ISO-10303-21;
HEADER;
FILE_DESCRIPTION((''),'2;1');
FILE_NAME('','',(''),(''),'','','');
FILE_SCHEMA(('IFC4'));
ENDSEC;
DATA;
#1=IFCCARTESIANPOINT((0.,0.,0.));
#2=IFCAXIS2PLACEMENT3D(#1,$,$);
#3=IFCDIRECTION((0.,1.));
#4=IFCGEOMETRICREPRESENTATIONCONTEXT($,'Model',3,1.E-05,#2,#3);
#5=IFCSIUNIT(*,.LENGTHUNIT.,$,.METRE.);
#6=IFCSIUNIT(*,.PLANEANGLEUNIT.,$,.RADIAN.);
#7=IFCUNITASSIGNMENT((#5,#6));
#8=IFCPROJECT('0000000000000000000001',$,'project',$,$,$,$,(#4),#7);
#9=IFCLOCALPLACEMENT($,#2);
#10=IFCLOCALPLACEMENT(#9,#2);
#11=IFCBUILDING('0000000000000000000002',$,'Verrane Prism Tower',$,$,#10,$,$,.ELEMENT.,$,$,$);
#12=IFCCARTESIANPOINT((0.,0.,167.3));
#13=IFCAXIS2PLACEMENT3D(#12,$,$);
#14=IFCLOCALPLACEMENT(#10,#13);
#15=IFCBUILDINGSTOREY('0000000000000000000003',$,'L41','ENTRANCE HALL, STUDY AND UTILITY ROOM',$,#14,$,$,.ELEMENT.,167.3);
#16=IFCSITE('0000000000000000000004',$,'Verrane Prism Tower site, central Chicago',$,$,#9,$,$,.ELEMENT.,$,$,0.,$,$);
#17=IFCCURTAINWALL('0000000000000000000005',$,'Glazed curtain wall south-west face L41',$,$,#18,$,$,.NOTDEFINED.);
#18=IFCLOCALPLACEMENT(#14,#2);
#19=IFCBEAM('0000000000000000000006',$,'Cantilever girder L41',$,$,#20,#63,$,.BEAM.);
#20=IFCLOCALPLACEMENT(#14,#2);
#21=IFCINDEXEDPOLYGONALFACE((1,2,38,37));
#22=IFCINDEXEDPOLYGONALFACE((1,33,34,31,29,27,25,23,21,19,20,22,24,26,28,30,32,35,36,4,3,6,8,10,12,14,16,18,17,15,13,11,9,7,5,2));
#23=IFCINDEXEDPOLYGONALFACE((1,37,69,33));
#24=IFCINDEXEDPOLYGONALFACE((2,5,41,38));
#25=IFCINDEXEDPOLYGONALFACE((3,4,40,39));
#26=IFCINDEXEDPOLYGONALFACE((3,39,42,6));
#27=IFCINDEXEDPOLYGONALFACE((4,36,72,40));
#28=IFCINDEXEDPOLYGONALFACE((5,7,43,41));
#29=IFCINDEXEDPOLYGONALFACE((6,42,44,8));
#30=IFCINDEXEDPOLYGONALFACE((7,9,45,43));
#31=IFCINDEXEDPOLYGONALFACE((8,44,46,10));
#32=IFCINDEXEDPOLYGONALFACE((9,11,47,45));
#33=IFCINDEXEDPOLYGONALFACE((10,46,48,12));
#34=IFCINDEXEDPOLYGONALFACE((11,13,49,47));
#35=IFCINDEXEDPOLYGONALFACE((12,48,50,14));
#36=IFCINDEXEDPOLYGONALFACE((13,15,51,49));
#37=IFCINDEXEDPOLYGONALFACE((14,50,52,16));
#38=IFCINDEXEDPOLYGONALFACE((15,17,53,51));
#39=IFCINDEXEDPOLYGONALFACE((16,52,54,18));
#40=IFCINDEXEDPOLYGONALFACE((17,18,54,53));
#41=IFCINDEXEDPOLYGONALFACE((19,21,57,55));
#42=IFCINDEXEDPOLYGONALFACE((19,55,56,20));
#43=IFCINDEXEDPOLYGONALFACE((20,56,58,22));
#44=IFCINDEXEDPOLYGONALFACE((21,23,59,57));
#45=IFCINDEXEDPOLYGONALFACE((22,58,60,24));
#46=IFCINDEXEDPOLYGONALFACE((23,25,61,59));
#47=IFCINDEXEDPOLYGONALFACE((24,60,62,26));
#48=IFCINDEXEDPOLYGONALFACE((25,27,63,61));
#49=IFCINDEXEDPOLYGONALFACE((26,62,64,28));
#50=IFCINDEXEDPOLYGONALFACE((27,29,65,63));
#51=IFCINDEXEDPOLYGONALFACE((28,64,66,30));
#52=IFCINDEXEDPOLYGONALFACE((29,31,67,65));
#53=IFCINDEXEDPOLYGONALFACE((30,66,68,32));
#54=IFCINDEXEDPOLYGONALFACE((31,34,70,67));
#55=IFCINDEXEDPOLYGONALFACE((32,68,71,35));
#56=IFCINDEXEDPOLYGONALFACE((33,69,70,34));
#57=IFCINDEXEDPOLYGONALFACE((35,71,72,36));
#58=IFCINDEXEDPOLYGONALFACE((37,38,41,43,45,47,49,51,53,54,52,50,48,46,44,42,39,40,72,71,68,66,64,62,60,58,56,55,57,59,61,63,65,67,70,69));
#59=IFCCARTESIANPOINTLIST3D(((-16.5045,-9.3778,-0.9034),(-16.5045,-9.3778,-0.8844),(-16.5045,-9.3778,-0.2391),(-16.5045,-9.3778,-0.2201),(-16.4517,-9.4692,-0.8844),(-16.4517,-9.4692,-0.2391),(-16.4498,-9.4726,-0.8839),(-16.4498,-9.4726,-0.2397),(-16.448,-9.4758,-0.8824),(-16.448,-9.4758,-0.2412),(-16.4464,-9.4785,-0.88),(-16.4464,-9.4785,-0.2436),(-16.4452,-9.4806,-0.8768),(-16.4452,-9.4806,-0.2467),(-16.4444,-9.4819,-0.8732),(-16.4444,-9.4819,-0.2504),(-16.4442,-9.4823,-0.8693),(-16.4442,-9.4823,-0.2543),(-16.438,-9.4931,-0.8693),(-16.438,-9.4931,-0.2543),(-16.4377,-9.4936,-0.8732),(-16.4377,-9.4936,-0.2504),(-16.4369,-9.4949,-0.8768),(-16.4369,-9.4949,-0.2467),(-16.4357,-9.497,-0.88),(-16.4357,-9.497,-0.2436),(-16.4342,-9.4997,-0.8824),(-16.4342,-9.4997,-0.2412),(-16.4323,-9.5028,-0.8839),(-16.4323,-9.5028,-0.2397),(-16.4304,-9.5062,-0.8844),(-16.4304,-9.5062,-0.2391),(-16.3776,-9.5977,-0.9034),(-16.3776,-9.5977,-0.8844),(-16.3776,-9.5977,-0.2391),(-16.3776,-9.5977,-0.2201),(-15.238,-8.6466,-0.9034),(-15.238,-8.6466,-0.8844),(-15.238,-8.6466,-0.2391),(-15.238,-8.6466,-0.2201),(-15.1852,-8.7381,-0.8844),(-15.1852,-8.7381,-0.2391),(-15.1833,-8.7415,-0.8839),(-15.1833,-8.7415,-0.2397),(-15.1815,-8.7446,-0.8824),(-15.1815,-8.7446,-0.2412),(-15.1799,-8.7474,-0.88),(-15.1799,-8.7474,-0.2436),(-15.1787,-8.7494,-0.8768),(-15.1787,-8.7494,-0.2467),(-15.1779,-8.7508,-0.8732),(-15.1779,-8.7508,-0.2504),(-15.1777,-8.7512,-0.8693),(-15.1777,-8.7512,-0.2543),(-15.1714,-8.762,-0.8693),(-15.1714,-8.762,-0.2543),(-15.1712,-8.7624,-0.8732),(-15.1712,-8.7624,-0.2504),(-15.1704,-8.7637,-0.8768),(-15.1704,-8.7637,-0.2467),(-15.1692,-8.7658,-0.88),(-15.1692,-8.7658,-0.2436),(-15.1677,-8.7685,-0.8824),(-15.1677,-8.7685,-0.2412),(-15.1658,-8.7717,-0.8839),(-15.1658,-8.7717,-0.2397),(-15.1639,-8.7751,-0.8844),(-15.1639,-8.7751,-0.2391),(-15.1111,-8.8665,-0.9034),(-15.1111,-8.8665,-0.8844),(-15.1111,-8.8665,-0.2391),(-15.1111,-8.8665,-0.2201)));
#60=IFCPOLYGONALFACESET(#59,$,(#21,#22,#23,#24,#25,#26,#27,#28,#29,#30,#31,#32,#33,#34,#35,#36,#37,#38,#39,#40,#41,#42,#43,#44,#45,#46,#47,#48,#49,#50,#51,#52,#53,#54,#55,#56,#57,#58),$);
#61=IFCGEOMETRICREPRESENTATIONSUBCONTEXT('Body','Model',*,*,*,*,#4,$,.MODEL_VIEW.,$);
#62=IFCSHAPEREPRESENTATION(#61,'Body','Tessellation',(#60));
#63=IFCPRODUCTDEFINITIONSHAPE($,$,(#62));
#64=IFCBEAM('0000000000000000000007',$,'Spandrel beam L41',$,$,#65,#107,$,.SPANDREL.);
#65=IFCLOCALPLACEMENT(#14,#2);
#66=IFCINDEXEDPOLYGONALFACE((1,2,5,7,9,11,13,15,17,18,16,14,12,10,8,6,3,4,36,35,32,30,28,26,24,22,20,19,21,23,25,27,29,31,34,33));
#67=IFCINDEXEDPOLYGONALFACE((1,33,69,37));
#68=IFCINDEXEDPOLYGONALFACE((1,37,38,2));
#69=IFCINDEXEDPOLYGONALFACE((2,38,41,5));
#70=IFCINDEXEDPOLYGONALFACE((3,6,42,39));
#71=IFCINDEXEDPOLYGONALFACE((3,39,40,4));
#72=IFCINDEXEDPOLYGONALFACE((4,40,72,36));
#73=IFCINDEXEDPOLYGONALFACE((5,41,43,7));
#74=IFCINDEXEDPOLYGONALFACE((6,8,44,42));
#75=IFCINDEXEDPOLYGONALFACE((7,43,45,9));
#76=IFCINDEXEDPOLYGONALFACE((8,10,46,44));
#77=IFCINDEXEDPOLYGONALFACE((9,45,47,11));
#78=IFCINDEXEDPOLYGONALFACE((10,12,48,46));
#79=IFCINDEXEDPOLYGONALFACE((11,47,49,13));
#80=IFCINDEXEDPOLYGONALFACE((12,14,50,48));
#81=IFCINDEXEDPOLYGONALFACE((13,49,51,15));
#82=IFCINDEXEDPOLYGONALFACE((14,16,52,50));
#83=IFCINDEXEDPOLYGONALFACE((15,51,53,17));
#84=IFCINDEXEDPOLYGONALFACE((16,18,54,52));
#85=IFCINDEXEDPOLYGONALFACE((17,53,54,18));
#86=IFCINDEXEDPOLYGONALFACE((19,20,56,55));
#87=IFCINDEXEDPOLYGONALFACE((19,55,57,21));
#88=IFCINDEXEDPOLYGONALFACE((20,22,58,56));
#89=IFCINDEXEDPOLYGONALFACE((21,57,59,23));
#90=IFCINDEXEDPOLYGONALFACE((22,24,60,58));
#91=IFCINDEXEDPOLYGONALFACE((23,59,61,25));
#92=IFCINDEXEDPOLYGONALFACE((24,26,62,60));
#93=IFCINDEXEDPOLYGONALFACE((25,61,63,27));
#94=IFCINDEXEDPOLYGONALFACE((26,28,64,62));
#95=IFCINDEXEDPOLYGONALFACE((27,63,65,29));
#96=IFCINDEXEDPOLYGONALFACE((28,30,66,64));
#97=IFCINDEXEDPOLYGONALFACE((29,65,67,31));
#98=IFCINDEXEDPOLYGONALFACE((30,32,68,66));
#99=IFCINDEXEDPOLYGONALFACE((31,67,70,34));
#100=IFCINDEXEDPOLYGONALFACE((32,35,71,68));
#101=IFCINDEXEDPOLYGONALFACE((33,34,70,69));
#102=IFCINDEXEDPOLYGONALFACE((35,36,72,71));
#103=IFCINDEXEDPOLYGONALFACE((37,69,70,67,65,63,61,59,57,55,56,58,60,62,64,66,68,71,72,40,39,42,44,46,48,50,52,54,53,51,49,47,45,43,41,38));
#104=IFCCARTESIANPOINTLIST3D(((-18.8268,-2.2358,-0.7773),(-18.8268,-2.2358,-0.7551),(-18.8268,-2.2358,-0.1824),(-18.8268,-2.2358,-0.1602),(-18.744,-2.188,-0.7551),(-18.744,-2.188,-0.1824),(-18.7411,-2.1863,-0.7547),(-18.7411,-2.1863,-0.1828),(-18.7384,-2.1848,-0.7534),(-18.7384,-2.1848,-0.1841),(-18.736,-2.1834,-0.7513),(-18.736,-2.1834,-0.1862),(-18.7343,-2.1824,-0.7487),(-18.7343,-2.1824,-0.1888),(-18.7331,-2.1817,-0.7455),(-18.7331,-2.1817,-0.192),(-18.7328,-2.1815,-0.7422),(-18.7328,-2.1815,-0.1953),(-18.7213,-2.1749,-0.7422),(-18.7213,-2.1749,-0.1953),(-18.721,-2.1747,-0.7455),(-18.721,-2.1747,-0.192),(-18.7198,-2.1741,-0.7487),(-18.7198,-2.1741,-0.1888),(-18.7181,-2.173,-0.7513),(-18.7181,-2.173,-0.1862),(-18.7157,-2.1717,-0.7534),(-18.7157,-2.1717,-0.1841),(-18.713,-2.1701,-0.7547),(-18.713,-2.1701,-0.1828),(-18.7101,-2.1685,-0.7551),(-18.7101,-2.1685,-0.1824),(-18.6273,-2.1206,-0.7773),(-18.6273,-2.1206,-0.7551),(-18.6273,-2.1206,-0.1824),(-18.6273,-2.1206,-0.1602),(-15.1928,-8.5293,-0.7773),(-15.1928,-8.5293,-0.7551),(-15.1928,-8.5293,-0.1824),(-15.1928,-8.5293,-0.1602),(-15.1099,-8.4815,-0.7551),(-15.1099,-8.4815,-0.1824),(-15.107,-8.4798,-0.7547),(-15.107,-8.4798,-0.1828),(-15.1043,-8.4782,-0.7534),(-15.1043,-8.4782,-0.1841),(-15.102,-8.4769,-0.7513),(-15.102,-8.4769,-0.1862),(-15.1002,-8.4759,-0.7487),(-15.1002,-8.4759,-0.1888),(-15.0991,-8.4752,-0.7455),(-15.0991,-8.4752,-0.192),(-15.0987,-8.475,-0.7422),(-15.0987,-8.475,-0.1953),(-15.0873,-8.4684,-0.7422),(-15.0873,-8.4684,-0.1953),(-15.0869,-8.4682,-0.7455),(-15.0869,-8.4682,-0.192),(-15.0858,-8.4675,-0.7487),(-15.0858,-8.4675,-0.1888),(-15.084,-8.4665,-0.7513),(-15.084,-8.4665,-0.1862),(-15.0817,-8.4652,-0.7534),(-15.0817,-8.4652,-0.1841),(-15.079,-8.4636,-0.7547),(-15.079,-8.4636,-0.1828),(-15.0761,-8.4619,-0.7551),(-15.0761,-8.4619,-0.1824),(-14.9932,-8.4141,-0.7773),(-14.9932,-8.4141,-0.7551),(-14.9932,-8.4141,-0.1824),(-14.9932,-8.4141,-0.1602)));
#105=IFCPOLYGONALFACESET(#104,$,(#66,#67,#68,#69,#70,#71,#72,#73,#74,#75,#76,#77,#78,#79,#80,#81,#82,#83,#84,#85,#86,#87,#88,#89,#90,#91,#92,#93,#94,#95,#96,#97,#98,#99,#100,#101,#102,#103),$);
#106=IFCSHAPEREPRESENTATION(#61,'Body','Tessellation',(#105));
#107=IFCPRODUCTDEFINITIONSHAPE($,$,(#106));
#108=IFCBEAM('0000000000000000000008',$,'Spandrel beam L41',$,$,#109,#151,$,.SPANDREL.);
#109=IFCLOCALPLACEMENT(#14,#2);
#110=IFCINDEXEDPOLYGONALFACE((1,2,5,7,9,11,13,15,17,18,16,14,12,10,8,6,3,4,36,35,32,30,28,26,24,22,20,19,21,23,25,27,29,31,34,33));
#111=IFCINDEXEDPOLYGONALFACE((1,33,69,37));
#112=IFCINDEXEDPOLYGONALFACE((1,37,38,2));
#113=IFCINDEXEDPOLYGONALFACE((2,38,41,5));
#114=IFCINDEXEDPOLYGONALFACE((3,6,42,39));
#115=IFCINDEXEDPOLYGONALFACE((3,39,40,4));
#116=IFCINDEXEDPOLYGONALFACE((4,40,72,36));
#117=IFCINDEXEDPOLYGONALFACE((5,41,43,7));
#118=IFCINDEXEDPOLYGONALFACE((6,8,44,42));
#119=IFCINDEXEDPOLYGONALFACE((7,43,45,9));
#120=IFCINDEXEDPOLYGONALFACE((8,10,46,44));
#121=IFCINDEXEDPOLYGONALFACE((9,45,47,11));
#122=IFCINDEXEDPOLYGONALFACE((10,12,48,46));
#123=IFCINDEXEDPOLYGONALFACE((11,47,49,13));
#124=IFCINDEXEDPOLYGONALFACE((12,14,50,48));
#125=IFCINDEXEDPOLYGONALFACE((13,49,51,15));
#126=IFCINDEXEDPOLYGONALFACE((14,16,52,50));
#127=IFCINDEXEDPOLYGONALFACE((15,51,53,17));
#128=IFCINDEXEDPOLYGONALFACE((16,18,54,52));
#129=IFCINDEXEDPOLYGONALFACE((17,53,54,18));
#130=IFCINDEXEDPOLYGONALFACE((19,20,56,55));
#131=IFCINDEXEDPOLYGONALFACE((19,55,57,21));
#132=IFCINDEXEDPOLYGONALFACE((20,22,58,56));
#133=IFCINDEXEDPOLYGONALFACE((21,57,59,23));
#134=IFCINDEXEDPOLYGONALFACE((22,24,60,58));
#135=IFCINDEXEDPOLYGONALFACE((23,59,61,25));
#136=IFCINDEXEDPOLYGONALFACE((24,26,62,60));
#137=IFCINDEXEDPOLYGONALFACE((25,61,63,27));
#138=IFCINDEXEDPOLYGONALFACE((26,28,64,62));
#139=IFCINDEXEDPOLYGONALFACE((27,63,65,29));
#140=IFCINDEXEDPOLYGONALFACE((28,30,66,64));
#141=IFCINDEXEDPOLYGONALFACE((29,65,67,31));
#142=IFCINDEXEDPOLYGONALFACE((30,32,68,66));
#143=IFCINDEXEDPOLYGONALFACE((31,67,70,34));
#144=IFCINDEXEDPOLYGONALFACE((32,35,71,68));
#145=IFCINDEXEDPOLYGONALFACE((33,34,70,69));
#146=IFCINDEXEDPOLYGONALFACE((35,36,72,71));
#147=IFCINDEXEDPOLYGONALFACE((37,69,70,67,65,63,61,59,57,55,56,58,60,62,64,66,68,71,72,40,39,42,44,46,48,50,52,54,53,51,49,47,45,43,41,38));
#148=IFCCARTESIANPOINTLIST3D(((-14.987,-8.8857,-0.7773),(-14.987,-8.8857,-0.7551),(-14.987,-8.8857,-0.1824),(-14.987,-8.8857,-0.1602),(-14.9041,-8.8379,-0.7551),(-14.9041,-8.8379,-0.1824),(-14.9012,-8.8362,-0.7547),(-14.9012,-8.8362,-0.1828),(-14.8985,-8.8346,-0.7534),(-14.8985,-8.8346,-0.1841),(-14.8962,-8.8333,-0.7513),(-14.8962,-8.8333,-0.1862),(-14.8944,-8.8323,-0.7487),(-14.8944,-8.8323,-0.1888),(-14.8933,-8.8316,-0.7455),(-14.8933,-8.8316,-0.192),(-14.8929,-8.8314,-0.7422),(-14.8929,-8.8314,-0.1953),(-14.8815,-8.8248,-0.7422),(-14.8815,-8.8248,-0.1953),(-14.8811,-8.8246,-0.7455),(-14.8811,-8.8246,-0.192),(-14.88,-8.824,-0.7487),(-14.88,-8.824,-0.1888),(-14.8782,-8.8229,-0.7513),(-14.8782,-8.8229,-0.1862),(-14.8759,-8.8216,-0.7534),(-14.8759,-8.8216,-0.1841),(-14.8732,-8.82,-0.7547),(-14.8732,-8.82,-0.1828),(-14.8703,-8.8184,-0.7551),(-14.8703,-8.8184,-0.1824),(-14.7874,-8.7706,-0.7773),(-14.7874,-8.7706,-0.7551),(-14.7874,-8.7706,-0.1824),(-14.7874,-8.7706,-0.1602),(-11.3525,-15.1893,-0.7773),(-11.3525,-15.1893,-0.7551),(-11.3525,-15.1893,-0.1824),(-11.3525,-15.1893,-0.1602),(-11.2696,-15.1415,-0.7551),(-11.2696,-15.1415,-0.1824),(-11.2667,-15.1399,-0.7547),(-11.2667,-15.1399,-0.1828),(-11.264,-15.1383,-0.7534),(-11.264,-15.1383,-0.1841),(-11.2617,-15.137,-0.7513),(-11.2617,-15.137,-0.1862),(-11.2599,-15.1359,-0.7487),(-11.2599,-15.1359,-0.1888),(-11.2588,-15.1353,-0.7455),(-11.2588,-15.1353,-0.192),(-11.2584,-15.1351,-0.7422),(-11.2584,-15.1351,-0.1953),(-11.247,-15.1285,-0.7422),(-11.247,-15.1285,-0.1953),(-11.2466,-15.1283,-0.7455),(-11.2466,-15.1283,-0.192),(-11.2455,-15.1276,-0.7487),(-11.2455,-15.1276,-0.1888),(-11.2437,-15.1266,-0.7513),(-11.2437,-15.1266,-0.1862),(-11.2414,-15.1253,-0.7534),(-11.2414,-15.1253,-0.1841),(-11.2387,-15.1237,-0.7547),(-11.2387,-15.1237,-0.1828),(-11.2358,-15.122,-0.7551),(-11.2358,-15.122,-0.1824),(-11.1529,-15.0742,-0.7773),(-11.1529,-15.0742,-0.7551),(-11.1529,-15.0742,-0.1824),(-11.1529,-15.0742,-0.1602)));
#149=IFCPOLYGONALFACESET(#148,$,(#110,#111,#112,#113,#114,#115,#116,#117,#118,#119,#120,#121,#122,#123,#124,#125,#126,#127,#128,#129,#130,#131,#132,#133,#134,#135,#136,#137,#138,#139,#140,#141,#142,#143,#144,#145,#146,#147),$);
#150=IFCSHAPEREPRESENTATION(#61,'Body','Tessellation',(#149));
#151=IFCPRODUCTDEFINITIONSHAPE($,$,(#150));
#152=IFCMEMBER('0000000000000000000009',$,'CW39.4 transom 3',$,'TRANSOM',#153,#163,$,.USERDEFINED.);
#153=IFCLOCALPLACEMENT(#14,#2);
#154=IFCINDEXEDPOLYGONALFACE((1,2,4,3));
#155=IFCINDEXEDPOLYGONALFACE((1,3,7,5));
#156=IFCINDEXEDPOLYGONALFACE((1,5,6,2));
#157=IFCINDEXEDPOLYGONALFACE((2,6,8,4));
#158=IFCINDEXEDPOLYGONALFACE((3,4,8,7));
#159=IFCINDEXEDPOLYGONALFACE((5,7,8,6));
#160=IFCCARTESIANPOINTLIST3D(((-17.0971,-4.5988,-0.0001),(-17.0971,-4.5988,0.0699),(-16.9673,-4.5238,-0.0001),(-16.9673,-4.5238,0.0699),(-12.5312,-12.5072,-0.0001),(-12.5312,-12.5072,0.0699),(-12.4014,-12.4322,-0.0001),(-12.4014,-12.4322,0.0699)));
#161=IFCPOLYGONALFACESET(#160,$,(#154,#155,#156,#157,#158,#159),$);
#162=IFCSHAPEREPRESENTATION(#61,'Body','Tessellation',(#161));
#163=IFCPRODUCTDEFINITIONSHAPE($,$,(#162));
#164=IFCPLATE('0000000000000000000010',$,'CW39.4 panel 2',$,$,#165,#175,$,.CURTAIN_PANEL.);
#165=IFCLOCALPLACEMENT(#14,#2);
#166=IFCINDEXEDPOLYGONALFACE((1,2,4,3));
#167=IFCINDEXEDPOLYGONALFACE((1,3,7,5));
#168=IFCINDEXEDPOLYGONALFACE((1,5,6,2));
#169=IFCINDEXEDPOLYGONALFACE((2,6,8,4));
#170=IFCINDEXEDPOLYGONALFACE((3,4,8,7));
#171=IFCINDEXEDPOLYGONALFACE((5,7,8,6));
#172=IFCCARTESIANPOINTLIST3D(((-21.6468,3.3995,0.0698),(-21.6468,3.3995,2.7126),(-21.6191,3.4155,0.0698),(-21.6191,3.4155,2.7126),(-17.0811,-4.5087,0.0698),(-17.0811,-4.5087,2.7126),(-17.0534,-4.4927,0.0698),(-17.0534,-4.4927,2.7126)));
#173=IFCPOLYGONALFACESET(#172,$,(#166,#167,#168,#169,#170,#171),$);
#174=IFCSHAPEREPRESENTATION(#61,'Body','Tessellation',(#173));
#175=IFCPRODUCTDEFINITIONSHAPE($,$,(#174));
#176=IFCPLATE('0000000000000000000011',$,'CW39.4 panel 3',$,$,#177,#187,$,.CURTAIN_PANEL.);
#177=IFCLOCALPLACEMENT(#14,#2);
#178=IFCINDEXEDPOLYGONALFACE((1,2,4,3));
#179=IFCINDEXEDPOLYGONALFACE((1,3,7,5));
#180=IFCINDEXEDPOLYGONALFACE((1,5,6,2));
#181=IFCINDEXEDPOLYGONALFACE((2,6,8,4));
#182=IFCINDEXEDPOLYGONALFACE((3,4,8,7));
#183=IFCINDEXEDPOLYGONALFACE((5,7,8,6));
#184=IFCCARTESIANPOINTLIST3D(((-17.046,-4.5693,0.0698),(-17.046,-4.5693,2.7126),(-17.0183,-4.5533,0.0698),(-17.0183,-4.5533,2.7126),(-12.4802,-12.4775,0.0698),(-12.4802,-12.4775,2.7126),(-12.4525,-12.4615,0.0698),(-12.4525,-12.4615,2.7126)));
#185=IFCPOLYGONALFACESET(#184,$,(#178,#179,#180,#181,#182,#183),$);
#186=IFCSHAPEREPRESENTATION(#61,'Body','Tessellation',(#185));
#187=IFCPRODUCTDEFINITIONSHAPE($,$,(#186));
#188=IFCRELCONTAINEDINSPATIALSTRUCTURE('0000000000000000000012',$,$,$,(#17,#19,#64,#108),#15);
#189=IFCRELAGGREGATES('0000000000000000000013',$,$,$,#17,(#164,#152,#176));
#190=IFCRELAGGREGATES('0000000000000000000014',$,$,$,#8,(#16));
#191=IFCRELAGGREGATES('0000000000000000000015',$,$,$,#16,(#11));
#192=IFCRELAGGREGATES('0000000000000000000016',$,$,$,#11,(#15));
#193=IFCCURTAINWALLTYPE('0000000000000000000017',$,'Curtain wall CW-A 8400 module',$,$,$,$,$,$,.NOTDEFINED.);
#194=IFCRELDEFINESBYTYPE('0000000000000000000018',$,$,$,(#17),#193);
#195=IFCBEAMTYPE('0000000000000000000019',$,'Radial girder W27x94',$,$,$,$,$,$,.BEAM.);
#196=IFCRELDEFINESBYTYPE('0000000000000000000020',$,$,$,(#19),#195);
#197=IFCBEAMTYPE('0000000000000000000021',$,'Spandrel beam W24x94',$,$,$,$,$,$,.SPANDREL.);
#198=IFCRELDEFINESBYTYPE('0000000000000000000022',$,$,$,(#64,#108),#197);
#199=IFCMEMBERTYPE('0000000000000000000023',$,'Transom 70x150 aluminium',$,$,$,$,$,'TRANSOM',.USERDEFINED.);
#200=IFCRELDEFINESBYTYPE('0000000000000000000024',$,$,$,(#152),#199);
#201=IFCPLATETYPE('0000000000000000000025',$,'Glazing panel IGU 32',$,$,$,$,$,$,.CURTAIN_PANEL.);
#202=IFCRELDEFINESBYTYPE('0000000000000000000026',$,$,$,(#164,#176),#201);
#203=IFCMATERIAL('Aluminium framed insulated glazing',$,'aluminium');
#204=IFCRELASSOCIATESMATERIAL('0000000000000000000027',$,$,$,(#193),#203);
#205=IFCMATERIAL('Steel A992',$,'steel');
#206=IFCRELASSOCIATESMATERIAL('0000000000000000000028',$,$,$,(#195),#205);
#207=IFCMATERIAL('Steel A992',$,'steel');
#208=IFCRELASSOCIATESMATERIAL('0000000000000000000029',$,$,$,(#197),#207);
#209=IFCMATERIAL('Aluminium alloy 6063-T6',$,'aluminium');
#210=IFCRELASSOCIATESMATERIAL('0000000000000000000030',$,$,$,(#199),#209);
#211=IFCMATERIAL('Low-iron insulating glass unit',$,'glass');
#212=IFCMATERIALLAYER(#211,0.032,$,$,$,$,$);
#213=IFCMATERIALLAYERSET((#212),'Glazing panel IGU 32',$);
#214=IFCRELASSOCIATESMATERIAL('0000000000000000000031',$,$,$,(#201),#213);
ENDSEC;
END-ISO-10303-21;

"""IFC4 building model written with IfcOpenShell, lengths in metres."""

from ifc_helpers import new_model, si_unit, direction, frame, origin, origin_2d, place, context, subcontext, project, spatial, rectangle, i_section, extrude, material, layer, layer_set, material_profile, profile_set, type_object, element, aggregate, save


model = new_model("IFC4")

# Units and contexts
model_context = context("Model", 3, precision=1e-05, world=origin(), true_north=direction((0.0, 1.0)))
body_context = subcontext(model_context, "Body", "Model", "MODEL_VIEW")
ifc_project = project(units=[si_unit("LENGTHUNIT", "METRE"), si_unit("PLANEANGLEUNIT", "RADIAN")], contexts=[model_context])

# Site, building, storey
site_placement = place(None, origin())
site = spatial("IfcSite", under=ifc_project, at=site_placement, Name="Verrane Prism Tower site, central Chicago", CompositionType="ELEMENT", RefElevation=0.0)
building_placement = place(site_placement, origin())
building = spatial("IfcBuilding", under=site, at=building_placement, Name="Verrane Prism Tower", CompositionType="ELEMENT")
storey_placement = place(building_placement, frame((0.0, 0.0, 167.3)))
storey = spatial("IfcBuildingStorey", under=building, at=storey_placement, Name="L41", Description="ENTRANCE HALL, STUDY AND UTILITY ROOM", CompositionType="ELEMENT", Elevation=167.3)

# Curtain wall
ifc_material_1 = material(Name="Aluminium framed insulated glazing", Category="aluminium")
curtain_wall_type = type_object("IfcCurtainWallType", Name="Curtain wall CW-A 8400 module", PredefinedType="NOTDEFINED", material=ifc_material_1)
curtain_wall_placement = place(storey_placement, origin())
curtain_wall = element("IfcCurtainWall", 1, at=curtain_wall_placement, inside=storey, type_object=curtain_wall_type, Name="Glazed curtain wall south-west face L41", PredefinedType="NOTDEFINED")

# Beams
ifc_material_2 = material(Name="Steel A992", Category="steel")
ifc_material_profile_1 = material_profile(ifc_material_2, i_section(OverallWidth=0.2539, OverallDepth=0.6833, WebThickness=0.0125, FlangeThickness=0.019, FilletRadius=0.0151, at=origin_2d()), Name="W27x94")
ifc_profile_set_1 = profile_set([ifc_material_profile_1], Name="Steel A992")
beam_type_1 = type_object("IfcBeamType", Name="Radial girder W27x94", PredefinedType="BEAM", material=ifc_profile_set_1)
beam_1_placement = place(storey_placement, frame((-15.1746, -8.7566, -0.5618), z_axis=(-0.866047, -0.499963, 0.0), x_axis=(0.499963, -0.866047, 0.0)))
element("IfcBeam", 2, at=beam_1_placement, inside=storey, type_object=beam_type_1, Name="Cantilever girder L41", PredefinedType="BEAM", context=body_context, shape_type="SweptSolid", body=[
    extrude(i_section(OverallWidth=0.2539, OverallDepth=0.6833, WebThickness=0.0125, FlangeThickness=0.019, FilletRadius=0.0151, at=origin_2d()), origin(), (0.0, 0.0, 1.0), 1.4624),
])
ifc_material_3 = material(Name="Steel A992", Category="steel")
ifc_material_profile_2 = material_profile(ifc_material_3, i_section(OverallWidth=0.2305, OverallDepth=0.6172, WebThickness=0.0132, FlangeThickness=0.0222, FilletRadius=0.0129, at=origin_2d()), Name="W24x94")
ifc_profile_set_2 = profile_set([ifc_material_profile_2], Name="Steel A992")
beam_type_2 = type_object("IfcBeamType", Name="Spandrel beam W24x94", PredefinedType="SPANDREL", material=ifc_profile_set_2)
beam_2_placement = place(storey_placement, frame((-18.7271, -2.1782, -0.4688), z_axis=(0.500052, -0.865995, 0.0), x_axis=(0.865995, 0.500052, 0.0)))
element("IfcBeam", 3, at=beam_2_placement, inside=storey, type_object=beam_type_2, Name="Spandrel beam L41", PredefinedType="SPANDREL", context=body_context, shape_type="SweptSolid", body=[
    extrude(i_section(OverallWidth=0.2305, OverallDepth=0.6172, WebThickness=0.0132, FlangeThickness=0.0222, FilletRadius=0.0129, at=origin_2d()), origin(), (0.0, 0.0, 1.0), 7.2673),
])
beam_3_placement = place(storey_placement, frame((-14.8872, -8.8281, -0.4688), z_axis=(0.499492, -0.866318, 0.0), x_axis=(0.866318, 0.499492, 0.0)))
element("IfcBeam", 4, at=beam_3_placement, inside=storey, type_object=beam_type_2, Name="Spandrel beam L41", PredefinedType="SPANDREL", context=body_context, shape_type="SweptSolid", body=[
    extrude(i_section(OverallWidth=0.2305, OverallDepth=0.6172, WebThickness=0.0132, FlangeThickness=0.0222, FilletRadius=0.0129, at=origin_2d()), origin(), (0.0, 0.0, 1.0), 7.2764),
])

# Member
ifc_material_4 = material(Name="Aluminium alloy 6063-T6", Category="aluminium")
ifc_material_profile_3 = material_profile(ifc_material_4, rectangle(XDim=0.1499, YDim=0.0701, at=origin_2d()), Name="Transom 70x150 aluminium")
ifc_profile_set_3 = profile_set([ifc_material_profile_3], Name="Aluminium alloy 6063-T6")
member_type_1 = type_object("IfcMemberType", Name="Transom 70x150 aluminium", ElementType="TRANSOM", PredefinedType="USERDEFINED", material=ifc_profile_set_3)
member_1_placement = place(storey_placement, frame((-17.0322, -4.5613, 0.0349), z_axis=(0.499998, -0.866027, 0.0), x_axis=(0.866027, 0.499998, 0.0)))
member_1 = element("IfcMember", 5, at=member_1_placement, type_object=member_type_1, Name="CW39.4 transom 3", ObjectType="TRANSOM", PredefinedType="USERDEFINED", context=body_context, shape_type="SweptSolid", body=[
    extrude(rectangle(XDim=0.1499, YDim=0.0701, at=origin_2d()), origin(), (0.0, 0.0, 1.0), 9.1318),
])

# Plates
ifc_material_5 = material(Name="Low-iron insulating glass unit", Category="glass")
ifc_layer_1 = layer(ifc_material_5, 0.032)
ifc_layer_set_1 = layer_set([ifc_layer_1], Name="Glazing panel IGU 32")
plate_type = type_object("IfcPlateType", Name="Glazing panel IGU 32", PredefinedType="CURTAIN_PANEL", material=ifc_layer_set_1)
plate_1_placement = place(storey_placement, frame((-19.3501, -0.5466, 0.0698), z_axis=(0.0, 0.0, 1.0), x_axis=(0.499999, -0.866026, 0.0)))
plate_1 = element("IfcPlate", 6, at=plate_1_placement, type_object=plate_type, Name="CW39.4 panel 2", PredefinedType="CURTAIN_PANEL", context=body_context, shape_type="SweptSolid", body=[
    extrude(rectangle(XDim=9.1316, YDim=0.032, at=origin_2d()), origin(), (0.0, 0.0, 1.0), 2.6428),
])
plate_2_placement = place(storey_placement, frame((-14.7493, -8.5154, 0.0698), z_axis=(0.0, 0.0, 1.0), x_axis=(0.499999, -0.866026, 0.0)))
plate_2 = element("IfcPlate", 7, at=plate_2_placement, type_object=plate_type, Name="CW39.4 panel 3", PredefinedType="CURTAIN_PANEL", context=body_context, shape_type="SweptSolid", body=[
    extrude(rectangle(XDim=9.1316, YDim=0.032, at=origin_2d()), origin(), (0.0, 0.0, 1.0), 2.6428),
])
aggregate(curtain_wall, [plate_1, member_1, plate_2])

save(model, "model.ifc")
